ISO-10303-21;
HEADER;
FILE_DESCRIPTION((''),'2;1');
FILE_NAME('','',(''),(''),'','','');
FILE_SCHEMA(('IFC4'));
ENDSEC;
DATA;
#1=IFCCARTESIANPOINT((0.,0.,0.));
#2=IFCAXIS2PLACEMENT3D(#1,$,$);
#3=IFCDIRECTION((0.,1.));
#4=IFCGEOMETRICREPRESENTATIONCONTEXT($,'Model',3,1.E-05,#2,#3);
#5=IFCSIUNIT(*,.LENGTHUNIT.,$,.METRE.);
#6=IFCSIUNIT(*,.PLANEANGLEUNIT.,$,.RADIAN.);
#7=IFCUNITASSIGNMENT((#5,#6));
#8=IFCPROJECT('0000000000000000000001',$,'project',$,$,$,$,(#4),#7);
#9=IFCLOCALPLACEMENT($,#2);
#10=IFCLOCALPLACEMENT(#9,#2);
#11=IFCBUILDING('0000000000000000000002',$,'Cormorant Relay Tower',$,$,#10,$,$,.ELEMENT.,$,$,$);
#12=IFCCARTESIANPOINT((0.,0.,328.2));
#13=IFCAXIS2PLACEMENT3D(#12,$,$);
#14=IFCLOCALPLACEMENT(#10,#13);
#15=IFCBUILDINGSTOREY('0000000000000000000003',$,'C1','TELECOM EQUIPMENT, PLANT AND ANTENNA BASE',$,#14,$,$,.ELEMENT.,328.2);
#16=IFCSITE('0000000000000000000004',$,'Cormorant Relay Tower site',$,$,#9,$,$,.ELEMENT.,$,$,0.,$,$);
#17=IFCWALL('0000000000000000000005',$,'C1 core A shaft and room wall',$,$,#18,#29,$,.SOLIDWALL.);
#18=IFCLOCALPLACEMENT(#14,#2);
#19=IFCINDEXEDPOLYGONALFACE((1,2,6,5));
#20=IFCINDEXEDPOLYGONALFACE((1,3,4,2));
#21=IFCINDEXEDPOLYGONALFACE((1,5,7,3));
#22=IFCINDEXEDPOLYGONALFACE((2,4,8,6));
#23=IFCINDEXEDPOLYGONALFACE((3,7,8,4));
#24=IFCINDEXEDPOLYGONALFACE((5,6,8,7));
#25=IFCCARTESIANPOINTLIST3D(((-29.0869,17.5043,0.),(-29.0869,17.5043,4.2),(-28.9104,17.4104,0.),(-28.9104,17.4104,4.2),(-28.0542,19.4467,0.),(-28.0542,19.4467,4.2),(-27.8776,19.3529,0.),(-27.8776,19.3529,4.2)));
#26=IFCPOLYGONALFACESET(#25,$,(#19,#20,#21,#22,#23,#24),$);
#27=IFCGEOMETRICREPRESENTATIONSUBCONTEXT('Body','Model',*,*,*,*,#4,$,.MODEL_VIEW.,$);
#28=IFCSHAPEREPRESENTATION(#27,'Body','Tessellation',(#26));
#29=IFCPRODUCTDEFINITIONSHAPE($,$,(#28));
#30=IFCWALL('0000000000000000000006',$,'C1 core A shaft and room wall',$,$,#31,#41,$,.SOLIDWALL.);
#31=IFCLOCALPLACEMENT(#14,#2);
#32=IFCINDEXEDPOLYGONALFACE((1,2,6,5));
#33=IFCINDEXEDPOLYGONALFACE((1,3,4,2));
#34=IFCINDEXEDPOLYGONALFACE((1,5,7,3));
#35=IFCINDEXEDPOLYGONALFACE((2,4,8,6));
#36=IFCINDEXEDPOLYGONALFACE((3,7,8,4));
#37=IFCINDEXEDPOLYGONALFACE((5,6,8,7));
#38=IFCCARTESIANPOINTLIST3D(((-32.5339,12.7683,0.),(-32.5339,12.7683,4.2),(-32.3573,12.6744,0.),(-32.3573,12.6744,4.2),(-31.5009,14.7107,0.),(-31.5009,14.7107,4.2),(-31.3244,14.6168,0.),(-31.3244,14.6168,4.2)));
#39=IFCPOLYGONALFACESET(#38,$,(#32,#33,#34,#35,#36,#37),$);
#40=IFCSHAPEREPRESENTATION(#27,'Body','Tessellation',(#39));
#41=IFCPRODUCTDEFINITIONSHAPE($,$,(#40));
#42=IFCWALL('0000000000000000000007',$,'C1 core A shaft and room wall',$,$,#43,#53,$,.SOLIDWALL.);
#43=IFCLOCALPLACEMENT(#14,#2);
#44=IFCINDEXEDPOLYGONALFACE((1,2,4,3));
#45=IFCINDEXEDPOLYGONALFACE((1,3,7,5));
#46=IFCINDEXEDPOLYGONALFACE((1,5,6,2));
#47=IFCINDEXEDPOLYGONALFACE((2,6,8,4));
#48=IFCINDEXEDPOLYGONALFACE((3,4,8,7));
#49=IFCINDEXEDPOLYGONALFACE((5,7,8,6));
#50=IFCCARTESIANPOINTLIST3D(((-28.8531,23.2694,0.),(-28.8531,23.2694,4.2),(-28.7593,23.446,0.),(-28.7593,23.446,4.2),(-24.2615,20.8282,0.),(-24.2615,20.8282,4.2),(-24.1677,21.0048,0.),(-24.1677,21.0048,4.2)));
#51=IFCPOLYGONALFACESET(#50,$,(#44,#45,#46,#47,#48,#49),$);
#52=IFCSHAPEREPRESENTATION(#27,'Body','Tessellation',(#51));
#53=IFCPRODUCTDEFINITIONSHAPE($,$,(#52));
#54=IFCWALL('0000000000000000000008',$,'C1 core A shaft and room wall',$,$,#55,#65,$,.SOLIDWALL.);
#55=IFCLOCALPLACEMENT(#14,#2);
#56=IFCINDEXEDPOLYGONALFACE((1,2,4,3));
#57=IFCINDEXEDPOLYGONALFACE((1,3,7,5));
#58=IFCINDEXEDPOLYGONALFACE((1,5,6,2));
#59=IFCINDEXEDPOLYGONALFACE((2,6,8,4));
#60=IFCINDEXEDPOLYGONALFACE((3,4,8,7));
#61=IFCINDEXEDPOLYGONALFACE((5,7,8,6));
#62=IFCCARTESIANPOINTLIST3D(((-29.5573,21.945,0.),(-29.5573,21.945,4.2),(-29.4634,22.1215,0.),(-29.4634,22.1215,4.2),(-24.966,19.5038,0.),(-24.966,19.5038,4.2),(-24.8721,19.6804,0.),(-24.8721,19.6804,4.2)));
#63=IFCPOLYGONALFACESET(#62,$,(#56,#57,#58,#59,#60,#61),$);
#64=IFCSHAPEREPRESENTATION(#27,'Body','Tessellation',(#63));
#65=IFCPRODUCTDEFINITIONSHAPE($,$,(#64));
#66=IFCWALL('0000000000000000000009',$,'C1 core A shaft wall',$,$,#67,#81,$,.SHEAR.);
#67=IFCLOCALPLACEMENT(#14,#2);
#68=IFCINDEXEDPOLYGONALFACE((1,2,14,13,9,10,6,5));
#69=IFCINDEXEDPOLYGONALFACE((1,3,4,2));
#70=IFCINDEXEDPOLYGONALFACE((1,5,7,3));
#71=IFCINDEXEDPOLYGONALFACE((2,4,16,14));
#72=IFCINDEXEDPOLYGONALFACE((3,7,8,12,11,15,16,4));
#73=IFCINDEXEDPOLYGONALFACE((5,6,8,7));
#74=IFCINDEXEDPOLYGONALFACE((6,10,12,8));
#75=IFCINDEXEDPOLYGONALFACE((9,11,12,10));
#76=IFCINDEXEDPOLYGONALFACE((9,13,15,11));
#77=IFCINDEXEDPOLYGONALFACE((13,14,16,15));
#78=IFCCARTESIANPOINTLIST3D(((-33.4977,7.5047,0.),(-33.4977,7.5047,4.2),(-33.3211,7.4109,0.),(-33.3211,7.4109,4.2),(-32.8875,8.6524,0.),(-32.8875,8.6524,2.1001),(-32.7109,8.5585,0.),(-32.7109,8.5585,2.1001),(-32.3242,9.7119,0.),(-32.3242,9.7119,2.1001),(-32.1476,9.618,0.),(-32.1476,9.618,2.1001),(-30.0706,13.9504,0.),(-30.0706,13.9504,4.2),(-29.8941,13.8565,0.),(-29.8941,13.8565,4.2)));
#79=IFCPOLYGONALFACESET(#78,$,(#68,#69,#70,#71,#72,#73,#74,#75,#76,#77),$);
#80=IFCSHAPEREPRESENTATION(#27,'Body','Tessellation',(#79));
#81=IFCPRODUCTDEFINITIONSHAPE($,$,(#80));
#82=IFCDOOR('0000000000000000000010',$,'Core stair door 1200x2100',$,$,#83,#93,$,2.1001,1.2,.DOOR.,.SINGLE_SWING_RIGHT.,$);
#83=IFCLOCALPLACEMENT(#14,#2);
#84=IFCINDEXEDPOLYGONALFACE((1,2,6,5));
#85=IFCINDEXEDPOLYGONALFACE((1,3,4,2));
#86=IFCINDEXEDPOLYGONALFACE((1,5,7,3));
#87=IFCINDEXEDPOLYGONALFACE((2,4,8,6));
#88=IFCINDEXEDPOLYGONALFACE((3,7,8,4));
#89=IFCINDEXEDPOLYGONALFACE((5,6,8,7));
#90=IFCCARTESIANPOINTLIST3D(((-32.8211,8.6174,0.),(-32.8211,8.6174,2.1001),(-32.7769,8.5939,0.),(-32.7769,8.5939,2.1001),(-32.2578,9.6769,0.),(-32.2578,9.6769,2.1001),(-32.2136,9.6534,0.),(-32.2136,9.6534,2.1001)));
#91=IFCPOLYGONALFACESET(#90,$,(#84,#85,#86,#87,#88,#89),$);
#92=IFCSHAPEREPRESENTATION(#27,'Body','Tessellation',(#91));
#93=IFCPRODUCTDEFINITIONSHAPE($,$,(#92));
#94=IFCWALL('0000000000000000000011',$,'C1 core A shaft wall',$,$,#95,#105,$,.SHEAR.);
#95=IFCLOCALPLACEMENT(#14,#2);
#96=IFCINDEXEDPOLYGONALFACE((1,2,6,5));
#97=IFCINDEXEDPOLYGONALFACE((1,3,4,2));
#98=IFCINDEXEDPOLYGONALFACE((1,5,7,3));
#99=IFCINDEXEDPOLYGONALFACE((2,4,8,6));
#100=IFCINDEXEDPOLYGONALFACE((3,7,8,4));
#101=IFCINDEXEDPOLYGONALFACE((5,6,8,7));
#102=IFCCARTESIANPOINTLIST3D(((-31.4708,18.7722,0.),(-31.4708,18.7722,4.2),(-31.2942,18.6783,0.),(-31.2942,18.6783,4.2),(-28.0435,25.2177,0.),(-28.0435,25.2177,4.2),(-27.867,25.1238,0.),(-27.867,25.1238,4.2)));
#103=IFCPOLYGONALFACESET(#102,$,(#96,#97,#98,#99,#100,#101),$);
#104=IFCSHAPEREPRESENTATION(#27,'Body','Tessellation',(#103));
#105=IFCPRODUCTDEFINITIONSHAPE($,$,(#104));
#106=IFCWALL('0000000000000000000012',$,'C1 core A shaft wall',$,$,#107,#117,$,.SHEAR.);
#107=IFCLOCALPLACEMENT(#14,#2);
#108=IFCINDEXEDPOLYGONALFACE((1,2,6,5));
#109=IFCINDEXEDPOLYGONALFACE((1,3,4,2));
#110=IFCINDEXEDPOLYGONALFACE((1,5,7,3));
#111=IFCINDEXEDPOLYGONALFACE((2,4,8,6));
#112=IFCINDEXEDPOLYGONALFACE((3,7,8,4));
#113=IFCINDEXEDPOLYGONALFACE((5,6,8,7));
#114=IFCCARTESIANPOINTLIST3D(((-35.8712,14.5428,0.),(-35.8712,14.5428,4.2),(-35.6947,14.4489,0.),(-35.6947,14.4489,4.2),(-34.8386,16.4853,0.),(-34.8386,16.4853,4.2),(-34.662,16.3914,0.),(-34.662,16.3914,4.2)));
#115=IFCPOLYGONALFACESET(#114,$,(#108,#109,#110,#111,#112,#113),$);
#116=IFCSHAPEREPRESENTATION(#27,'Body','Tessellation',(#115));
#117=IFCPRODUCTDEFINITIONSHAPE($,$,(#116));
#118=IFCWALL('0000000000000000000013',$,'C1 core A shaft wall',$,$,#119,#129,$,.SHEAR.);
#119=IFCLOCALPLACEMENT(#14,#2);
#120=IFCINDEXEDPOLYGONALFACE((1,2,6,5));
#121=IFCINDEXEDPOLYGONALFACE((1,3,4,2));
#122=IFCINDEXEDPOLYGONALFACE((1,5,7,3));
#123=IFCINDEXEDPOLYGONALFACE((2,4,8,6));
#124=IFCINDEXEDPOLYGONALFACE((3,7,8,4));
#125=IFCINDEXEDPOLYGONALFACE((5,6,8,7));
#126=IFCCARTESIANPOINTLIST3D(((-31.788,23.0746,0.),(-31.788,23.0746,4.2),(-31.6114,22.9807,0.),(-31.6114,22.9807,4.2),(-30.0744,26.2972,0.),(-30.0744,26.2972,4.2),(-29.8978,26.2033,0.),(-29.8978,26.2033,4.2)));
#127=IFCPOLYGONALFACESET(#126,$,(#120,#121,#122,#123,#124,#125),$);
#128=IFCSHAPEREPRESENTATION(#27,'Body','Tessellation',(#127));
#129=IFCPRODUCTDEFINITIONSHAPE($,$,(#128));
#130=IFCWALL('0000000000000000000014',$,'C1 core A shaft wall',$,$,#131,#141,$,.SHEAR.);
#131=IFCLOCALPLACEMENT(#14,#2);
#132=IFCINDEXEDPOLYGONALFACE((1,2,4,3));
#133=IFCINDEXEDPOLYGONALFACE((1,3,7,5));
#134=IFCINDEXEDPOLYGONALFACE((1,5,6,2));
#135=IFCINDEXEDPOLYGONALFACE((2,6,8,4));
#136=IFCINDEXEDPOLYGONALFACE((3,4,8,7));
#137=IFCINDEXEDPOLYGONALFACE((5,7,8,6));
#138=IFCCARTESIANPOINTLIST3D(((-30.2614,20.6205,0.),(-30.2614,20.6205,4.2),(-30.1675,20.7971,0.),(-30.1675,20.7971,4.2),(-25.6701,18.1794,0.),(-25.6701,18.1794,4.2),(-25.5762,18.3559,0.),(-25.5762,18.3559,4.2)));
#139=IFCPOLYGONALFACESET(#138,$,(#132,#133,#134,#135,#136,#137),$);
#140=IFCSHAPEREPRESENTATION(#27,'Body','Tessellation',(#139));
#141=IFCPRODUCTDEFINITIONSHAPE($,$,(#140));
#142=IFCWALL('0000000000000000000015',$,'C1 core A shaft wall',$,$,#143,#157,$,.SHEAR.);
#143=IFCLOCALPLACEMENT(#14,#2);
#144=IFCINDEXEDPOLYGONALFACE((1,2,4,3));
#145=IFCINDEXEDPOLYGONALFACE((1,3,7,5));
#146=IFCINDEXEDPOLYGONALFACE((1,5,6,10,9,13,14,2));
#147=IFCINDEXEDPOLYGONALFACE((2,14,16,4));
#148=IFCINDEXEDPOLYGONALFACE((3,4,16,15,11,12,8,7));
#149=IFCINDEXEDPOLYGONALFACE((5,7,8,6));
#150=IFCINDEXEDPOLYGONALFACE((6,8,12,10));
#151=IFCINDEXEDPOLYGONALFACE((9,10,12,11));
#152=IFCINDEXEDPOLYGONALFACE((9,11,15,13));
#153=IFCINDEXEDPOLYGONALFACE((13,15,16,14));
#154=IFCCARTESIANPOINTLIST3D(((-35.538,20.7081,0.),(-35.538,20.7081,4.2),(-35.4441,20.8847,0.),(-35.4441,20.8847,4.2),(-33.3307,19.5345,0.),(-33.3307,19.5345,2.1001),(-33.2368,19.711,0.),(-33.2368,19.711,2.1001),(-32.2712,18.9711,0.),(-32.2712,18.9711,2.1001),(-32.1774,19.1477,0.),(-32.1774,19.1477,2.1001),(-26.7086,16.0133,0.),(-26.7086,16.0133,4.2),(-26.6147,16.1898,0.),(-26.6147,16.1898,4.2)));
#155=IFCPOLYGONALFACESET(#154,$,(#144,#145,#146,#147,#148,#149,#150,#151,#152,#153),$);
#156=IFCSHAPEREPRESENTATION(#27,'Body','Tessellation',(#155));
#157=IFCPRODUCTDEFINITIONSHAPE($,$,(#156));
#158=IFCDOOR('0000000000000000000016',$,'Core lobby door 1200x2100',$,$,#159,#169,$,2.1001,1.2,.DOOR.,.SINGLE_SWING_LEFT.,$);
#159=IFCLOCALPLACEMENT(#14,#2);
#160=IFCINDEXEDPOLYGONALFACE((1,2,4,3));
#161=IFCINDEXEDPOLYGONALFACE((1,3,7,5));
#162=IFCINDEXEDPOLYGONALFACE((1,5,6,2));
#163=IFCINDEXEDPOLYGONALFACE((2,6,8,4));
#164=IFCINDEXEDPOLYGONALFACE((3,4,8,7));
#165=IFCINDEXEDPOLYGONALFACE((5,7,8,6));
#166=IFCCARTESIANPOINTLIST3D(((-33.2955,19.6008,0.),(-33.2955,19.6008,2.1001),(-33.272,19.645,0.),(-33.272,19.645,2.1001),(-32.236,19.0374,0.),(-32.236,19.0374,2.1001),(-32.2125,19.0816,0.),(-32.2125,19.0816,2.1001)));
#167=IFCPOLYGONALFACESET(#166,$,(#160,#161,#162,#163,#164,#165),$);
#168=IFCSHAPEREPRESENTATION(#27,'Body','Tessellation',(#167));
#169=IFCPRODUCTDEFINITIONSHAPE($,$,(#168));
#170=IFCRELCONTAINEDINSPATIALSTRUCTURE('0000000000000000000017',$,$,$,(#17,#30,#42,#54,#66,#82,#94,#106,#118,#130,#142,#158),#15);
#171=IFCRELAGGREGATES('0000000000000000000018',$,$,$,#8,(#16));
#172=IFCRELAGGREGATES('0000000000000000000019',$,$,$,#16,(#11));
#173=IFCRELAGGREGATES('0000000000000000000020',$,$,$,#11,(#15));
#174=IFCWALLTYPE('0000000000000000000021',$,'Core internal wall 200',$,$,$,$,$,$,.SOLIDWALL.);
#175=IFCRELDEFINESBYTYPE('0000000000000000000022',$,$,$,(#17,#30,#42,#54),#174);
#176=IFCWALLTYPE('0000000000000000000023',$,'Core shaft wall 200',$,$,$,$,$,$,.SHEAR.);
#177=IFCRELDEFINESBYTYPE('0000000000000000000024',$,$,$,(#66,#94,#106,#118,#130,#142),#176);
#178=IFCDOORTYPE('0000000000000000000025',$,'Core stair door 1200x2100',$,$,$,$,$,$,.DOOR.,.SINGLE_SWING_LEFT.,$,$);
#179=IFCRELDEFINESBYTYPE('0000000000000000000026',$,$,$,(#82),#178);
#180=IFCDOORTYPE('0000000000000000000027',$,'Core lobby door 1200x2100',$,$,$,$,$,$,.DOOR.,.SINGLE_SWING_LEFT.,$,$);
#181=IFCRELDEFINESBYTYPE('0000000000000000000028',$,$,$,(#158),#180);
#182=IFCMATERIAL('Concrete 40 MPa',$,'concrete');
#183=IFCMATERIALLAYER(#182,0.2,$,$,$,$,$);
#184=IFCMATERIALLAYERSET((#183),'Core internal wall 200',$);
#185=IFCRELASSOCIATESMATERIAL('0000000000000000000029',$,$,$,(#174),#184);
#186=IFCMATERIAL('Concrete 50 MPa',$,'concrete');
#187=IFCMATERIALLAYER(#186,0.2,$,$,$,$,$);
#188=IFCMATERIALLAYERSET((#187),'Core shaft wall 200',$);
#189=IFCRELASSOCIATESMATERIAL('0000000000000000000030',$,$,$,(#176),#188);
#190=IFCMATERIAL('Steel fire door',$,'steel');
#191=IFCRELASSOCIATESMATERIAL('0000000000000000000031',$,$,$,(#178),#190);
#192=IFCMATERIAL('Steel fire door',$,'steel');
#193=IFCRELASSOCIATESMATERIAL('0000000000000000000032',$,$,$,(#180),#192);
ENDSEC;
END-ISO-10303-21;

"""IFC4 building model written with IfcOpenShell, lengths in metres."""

from ifc_helpers import new_model, si_unit, direction, frame, frame_2d, origin, place, context, subcontext, project, spatial, rectangle, extrude, material, layer, layer_set, type_object, element, fill, save


model = new_model("IFC4")

# Units and contexts
model_context = context("Model", 3, precision=1e-05, world=origin(), true_north=direction((0.0, 1.0)))
body_context = subcontext(model_context, "Body", "Model", "MODEL_VIEW")
ifc_project = project(units=[si_unit("LENGTHUNIT", "METRE"), si_unit("PLANEANGLEUNIT", "RADIAN")], contexts=[model_context])

# Site, building, storey
site_placement = place(None, origin())
site = spatial("IfcSite", under=ifc_project, at=site_placement, Name="Cormorant Relay Tower site", CompositionType="ELEMENT", RefElevation=0.0)
building_placement = place(site_placement, origin())
building = spatial("IfcBuilding", under=site, at=building_placement, Name="Cormorant Relay Tower", CompositionType="ELEMENT")
storey_placement = place(building_placement, frame((0.0, 0.0, 328.2)))
storey = spatial("IfcBuildingStorey", under=building, at=storey_placement, Name="C1", Description="TELECOM EQUIPMENT, PLANT AND ANTENNA BASE", CompositionType="ELEMENT", Elevation=328.2)

# Walls
ifc_material_1 = material(Name="Concrete 40 MPa", Category="concrete")
ifc_layer_1 = layer(ifc_material_1, 0.2)
ifc_layer_set_1 = layer_set([ifc_layer_1], Name="Core internal wall 200")
wall_type_1 = type_object("IfcWallType", Name="Core internal wall 200", PredefinedType="SOLIDWALL", material=ifc_layer_set_1)
for number, where, z_axis, x_axis, name in (
    (1, (-27.9658, 19.3999, 0.0), (0.0, 0.0, 1.0), (-0.469447, -0.88296, 0.0), "C1 core A shaft and room wall"),
    (2, (-31.4126, 14.6638, 0.0), (0.0, 0.0, 1.0), (-0.469534, -0.882914, 0.0), "C1 core A shaft and room wall"),
):
    element("IfcWall", number, at=place(storey_placement, frame(where, z_axis=z_axis, x_axis=x_axis)), inside=storey, type_object=wall_type_1, Name=name, PredefinedType="SOLIDWALL", context=body_context, shape_type="SweptSolid", body=[
        extrude(rectangle(XDim=2.2, YDim=0.2, at=frame_2d((1.1001, 0.0))), origin(), (0.0, 0.0, 1.0), 4.2),
    ])
wall_1_placement = place(storey_placement, frame((-24.2146, 20.9165, 0.0), z_axis=(0.0, 0.0, 1.0), x_axis=(-0.882964, 0.46944, 0.0)))
element("IfcWall", 3, at=wall_1_placement, inside=storey, type_object=wall_type_1, Name="C1 core A shaft and room wall", PredefinedType="SOLIDWALL", context=body_context, shape_type="SweptSolid", body=[
    extrude(rectangle(XDim=5.2002, YDim=0.2, at=frame_2d((2.6001, 0.0))), origin(), (0.0, 0.0, 1.0), 4.2),
])
wall_2_placement = place(storey_placement, frame((-24.9189, 19.592, 0.0), z_axis=(0.0, 0.0, 1.0), x_axis=(-0.882954, 0.46946, 0.0)))
element("IfcWall", 4, at=wall_2_placement, inside=storey, type_object=wall_type_1, Name="C1 core A shaft and room wall", PredefinedType="SOLIDWALL", context=body_context, shape_type="SweptSolid", body=[
    extrude(rectangle(XDim=5.2, YDim=0.2, at=frame_2d((2.6001, 0.0))), origin(), (0.0, 0.0, 1.0), 4.2),
])

# Wall, opening, door
ifc_material_2 = material(Name="Concrete 50 MPa", Category="concrete")
ifc_layer_2 = layer(ifc_material_2, 0.2)
ifc_layer_set_2 = layer_set([ifc_layer_2], Name="Core shaft wall 200")
wall_type_2 = type_object("IfcWallType", Name="Core shaft wall 200", PredefinedType="SHEAR", material=ifc_layer_set_2)
wall_3_placement = place(storey_placement, frame((-29.9824, 13.9033, 0.0), z_axis=(0.0, 0.0, 1.0), x_axis=(-0.469454, -0.882957, 0.0)))
wall_3 = element("IfcWall", 5, at=wall_3_placement, inside=storey, type_object=wall_type_2, Name="C1 core A shaft wall", PredefinedType="SHEAR", context=body_context, shape_type="SweptSolid", body=[
    extrude(rectangle(XDim=7.3, YDim=0.2, at=frame_2d((3.6499, 0.0))), origin(), (0.0, 0.0, 1.0), 4.2),
])
opening_1_placement = place(wall_3_placement, frame((4.8, 0.0, 0.0)))
opening_1 = element("IfcOpeningElement", 6, at=opening_1_placement, cuts=wall_3, PredefinedType="OPENING", context=body_context, shape_type="SweptSolid", body=[
    extrude(rectangle(XDim=1.2, YDim=2.1001, at=frame_2d((0.6001, 1.05))), frame((0.0, 0.1099, 0.0), z_axis=(0.0, -1.0, 0.0), x_axis=(1.0, 0.0, 0.0)), (0.0, 0.0, 1.0), 0.22),
])
ifc_material_3 = material(Name="Steel fire door", Category="steel")
door_type_1 = type_object("IfcDoorType", Name="Core stair door 1200x2100", OperationType="SINGLE_SWING_LEFT", PredefinedType="DOOR", material=ifc_material_3)
door_1_placement = place(opening_1_placement, frame((1.2, 0.0, 0.0), z_axis=(0.0, 0.0, 1.0), x_axis=(-1.0, 0.0, 0.0)))
door_1 = element("IfcDoor", 7, at=door_1_placement, inside=storey, type_object=door_type_1, Name="Core stair door 1200x2100", OperationType="SINGLE_SWING_RIGHT", OverallHeight=2.1001, OverallWidth=1.2, PredefinedType="DOOR", context=body_context, shape_type="SweptSolid", body=[
    extrude(rectangle(XDim=1.2, YDim=2.1001, at=frame_2d((0.6001, 1.05))), frame((0.0, 0.0249, 0.0), z_axis=(0.0, -1.0, 0.0), x_axis=(1.0, 0.0, 0.0)), (0.0, 0.0, 1.0), 0.05),
])
fill(opening_1, door_1)

# Walls
wall_4_placement = place(storey_placement, frame((-27.9553, 25.1707, 0.0), z_axis=(0.0, 0.0, 1.0), x_axis=(-0.46948, -0.882943, 0.0)))
element("IfcWall", 8, at=wall_4_placement, inside=storey, type_object=wall_type_2, Name="C1 core A shaft wall", PredefinedType="SHEAR", context=body_context, shape_type="SweptSolid", body=[
    extrude(rectangle(XDim=7.3, YDim=0.2, at=frame_2d((3.6499, 0.0))), origin(), (0.0, 0.0, 1.0), 4.2),
])
wall_5_placement = place(storey_placement, frame((-34.7502, 16.4385, 0.0), z_axis=(0.0, 0.0, 1.0), x_axis=(-0.469401, -0.882985, 0.0)))
element("IfcWall", 9, at=wall_5_placement, inside=storey, type_object=wall_type_2, Name="C1 core A shaft wall", PredefinedType="SHEAR", context=body_context, shape_type="SweptSolid", body=[
    extrude(rectangle(XDim=2.2, YDim=0.2, at=frame_2d((1.1001, 0.0))), origin(), (0.0, 0.0, 1.0), 4.2),
])
wall_6_placement = place(storey_placement, frame((-29.9861, 26.2502, 0.0), z_axis=(0.0, 0.0, 1.0), x_axis=(-0.469494, -0.882936, 0.0)))
element("IfcWall", 10, at=wall_6_placement, inside=storey, type_object=wall_type_2, Name="C1 core A shaft wall", PredefinedType="SHEAR", context=body_context, shape_type="SweptSolid", body=[
    extrude(rectangle(XDim=3.6499, YDim=0.2, at=frame_2d((1.825, 0.0))), origin(), (0.0, 0.0, 1.0), 4.2),
])

# Wall
wall_7_placement = place(storey_placement, frame((-25.623, 18.2676, 0.0), z_axis=(0.0, 0.0, 1.0), x_axis=(-0.882954, 0.46946, 0.0)))
element("IfcWall", 11, at=wall_7_placement, inside=storey, type_object=wall_type_2, Name="C1 core A shaft wall", PredefinedType="SHEAR", context=body_context, shape_type="SweptSolid", body=[
    extrude(rectangle(XDim=5.2, YDim=0.2, at=frame_2d((2.6001, 0.0))), origin(), (0.0, 0.0, 1.0), 4.2),
])

# Wall, opening, door
wall_8_placement = place(storey_placement, frame((-26.6616, 16.1016, 0.0), z_axis=(0.0, 0.0, 1.0), x_axis=(-0.88294, 0.469485, 0.0)))
wall_8 = element("IfcWall", 12, at=wall_8_placement, inside=storey, type_object=wall_type_2, Name="C1 core A shaft wall", PredefinedType="SHEAR", context=body_context, shape_type="SweptSolid", body=[
    extrude(rectangle(XDim=10.0, YDim=0.2, at=frame_2d((5.0, 0.0))), origin(), (0.0, 0.0, 1.0), 4.2),
])
opening_2_placement = place(wall_8_placement, frame((6.3, 0.0, 0.0)))
opening_2 = element("IfcOpeningElement", 13, at=opening_2_placement, cuts=wall_8, PredefinedType="OPENING", context=body_context, shape_type="SweptSolid", body=[
    extrude(rectangle(XDim=1.2, YDim=2.1001, at=frame_2d((0.6001, 1.05))), frame((0.0, 0.1099, 0.0), z_axis=(0.0, -1.0, 0.0), x_axis=(1.0, 0.0, 0.0)), (0.0, 0.0, 1.0), 0.22),
])
ifc_material_4 = material(Name="Steel fire door", Category="steel")
door_type_2 = type_object("IfcDoorType", Name="Core lobby door 1200x2100", OperationType="SINGLE_SWING_LEFT", PredefinedType="DOOR", material=ifc_material_4)
door_2_placement = place(opening_2_placement, origin())
door_2 = element("IfcDoor", 14, at=door_2_placement, inside=storey, type_object=door_type_2, Name="Core lobby door 1200x2100", OperationType="SINGLE_SWING_LEFT", OverallHeight=2.1001, OverallWidth=1.2, PredefinedType="DOOR", context=body_context, shape_type="SweptSolid", body=[
    extrude(rectangle(XDim=1.2, YDim=2.1001, at=frame_2d((0.6001, 1.05))), frame((0.0, 0.0249, 0.0), z_axis=(0.0, -1.0, 0.0), x_axis=(1.0, 0.0, 0.0)), (0.0, 0.0, 1.0), 0.05),
])
fill(opening_2, door_2)

save(model, "model.ifc")
